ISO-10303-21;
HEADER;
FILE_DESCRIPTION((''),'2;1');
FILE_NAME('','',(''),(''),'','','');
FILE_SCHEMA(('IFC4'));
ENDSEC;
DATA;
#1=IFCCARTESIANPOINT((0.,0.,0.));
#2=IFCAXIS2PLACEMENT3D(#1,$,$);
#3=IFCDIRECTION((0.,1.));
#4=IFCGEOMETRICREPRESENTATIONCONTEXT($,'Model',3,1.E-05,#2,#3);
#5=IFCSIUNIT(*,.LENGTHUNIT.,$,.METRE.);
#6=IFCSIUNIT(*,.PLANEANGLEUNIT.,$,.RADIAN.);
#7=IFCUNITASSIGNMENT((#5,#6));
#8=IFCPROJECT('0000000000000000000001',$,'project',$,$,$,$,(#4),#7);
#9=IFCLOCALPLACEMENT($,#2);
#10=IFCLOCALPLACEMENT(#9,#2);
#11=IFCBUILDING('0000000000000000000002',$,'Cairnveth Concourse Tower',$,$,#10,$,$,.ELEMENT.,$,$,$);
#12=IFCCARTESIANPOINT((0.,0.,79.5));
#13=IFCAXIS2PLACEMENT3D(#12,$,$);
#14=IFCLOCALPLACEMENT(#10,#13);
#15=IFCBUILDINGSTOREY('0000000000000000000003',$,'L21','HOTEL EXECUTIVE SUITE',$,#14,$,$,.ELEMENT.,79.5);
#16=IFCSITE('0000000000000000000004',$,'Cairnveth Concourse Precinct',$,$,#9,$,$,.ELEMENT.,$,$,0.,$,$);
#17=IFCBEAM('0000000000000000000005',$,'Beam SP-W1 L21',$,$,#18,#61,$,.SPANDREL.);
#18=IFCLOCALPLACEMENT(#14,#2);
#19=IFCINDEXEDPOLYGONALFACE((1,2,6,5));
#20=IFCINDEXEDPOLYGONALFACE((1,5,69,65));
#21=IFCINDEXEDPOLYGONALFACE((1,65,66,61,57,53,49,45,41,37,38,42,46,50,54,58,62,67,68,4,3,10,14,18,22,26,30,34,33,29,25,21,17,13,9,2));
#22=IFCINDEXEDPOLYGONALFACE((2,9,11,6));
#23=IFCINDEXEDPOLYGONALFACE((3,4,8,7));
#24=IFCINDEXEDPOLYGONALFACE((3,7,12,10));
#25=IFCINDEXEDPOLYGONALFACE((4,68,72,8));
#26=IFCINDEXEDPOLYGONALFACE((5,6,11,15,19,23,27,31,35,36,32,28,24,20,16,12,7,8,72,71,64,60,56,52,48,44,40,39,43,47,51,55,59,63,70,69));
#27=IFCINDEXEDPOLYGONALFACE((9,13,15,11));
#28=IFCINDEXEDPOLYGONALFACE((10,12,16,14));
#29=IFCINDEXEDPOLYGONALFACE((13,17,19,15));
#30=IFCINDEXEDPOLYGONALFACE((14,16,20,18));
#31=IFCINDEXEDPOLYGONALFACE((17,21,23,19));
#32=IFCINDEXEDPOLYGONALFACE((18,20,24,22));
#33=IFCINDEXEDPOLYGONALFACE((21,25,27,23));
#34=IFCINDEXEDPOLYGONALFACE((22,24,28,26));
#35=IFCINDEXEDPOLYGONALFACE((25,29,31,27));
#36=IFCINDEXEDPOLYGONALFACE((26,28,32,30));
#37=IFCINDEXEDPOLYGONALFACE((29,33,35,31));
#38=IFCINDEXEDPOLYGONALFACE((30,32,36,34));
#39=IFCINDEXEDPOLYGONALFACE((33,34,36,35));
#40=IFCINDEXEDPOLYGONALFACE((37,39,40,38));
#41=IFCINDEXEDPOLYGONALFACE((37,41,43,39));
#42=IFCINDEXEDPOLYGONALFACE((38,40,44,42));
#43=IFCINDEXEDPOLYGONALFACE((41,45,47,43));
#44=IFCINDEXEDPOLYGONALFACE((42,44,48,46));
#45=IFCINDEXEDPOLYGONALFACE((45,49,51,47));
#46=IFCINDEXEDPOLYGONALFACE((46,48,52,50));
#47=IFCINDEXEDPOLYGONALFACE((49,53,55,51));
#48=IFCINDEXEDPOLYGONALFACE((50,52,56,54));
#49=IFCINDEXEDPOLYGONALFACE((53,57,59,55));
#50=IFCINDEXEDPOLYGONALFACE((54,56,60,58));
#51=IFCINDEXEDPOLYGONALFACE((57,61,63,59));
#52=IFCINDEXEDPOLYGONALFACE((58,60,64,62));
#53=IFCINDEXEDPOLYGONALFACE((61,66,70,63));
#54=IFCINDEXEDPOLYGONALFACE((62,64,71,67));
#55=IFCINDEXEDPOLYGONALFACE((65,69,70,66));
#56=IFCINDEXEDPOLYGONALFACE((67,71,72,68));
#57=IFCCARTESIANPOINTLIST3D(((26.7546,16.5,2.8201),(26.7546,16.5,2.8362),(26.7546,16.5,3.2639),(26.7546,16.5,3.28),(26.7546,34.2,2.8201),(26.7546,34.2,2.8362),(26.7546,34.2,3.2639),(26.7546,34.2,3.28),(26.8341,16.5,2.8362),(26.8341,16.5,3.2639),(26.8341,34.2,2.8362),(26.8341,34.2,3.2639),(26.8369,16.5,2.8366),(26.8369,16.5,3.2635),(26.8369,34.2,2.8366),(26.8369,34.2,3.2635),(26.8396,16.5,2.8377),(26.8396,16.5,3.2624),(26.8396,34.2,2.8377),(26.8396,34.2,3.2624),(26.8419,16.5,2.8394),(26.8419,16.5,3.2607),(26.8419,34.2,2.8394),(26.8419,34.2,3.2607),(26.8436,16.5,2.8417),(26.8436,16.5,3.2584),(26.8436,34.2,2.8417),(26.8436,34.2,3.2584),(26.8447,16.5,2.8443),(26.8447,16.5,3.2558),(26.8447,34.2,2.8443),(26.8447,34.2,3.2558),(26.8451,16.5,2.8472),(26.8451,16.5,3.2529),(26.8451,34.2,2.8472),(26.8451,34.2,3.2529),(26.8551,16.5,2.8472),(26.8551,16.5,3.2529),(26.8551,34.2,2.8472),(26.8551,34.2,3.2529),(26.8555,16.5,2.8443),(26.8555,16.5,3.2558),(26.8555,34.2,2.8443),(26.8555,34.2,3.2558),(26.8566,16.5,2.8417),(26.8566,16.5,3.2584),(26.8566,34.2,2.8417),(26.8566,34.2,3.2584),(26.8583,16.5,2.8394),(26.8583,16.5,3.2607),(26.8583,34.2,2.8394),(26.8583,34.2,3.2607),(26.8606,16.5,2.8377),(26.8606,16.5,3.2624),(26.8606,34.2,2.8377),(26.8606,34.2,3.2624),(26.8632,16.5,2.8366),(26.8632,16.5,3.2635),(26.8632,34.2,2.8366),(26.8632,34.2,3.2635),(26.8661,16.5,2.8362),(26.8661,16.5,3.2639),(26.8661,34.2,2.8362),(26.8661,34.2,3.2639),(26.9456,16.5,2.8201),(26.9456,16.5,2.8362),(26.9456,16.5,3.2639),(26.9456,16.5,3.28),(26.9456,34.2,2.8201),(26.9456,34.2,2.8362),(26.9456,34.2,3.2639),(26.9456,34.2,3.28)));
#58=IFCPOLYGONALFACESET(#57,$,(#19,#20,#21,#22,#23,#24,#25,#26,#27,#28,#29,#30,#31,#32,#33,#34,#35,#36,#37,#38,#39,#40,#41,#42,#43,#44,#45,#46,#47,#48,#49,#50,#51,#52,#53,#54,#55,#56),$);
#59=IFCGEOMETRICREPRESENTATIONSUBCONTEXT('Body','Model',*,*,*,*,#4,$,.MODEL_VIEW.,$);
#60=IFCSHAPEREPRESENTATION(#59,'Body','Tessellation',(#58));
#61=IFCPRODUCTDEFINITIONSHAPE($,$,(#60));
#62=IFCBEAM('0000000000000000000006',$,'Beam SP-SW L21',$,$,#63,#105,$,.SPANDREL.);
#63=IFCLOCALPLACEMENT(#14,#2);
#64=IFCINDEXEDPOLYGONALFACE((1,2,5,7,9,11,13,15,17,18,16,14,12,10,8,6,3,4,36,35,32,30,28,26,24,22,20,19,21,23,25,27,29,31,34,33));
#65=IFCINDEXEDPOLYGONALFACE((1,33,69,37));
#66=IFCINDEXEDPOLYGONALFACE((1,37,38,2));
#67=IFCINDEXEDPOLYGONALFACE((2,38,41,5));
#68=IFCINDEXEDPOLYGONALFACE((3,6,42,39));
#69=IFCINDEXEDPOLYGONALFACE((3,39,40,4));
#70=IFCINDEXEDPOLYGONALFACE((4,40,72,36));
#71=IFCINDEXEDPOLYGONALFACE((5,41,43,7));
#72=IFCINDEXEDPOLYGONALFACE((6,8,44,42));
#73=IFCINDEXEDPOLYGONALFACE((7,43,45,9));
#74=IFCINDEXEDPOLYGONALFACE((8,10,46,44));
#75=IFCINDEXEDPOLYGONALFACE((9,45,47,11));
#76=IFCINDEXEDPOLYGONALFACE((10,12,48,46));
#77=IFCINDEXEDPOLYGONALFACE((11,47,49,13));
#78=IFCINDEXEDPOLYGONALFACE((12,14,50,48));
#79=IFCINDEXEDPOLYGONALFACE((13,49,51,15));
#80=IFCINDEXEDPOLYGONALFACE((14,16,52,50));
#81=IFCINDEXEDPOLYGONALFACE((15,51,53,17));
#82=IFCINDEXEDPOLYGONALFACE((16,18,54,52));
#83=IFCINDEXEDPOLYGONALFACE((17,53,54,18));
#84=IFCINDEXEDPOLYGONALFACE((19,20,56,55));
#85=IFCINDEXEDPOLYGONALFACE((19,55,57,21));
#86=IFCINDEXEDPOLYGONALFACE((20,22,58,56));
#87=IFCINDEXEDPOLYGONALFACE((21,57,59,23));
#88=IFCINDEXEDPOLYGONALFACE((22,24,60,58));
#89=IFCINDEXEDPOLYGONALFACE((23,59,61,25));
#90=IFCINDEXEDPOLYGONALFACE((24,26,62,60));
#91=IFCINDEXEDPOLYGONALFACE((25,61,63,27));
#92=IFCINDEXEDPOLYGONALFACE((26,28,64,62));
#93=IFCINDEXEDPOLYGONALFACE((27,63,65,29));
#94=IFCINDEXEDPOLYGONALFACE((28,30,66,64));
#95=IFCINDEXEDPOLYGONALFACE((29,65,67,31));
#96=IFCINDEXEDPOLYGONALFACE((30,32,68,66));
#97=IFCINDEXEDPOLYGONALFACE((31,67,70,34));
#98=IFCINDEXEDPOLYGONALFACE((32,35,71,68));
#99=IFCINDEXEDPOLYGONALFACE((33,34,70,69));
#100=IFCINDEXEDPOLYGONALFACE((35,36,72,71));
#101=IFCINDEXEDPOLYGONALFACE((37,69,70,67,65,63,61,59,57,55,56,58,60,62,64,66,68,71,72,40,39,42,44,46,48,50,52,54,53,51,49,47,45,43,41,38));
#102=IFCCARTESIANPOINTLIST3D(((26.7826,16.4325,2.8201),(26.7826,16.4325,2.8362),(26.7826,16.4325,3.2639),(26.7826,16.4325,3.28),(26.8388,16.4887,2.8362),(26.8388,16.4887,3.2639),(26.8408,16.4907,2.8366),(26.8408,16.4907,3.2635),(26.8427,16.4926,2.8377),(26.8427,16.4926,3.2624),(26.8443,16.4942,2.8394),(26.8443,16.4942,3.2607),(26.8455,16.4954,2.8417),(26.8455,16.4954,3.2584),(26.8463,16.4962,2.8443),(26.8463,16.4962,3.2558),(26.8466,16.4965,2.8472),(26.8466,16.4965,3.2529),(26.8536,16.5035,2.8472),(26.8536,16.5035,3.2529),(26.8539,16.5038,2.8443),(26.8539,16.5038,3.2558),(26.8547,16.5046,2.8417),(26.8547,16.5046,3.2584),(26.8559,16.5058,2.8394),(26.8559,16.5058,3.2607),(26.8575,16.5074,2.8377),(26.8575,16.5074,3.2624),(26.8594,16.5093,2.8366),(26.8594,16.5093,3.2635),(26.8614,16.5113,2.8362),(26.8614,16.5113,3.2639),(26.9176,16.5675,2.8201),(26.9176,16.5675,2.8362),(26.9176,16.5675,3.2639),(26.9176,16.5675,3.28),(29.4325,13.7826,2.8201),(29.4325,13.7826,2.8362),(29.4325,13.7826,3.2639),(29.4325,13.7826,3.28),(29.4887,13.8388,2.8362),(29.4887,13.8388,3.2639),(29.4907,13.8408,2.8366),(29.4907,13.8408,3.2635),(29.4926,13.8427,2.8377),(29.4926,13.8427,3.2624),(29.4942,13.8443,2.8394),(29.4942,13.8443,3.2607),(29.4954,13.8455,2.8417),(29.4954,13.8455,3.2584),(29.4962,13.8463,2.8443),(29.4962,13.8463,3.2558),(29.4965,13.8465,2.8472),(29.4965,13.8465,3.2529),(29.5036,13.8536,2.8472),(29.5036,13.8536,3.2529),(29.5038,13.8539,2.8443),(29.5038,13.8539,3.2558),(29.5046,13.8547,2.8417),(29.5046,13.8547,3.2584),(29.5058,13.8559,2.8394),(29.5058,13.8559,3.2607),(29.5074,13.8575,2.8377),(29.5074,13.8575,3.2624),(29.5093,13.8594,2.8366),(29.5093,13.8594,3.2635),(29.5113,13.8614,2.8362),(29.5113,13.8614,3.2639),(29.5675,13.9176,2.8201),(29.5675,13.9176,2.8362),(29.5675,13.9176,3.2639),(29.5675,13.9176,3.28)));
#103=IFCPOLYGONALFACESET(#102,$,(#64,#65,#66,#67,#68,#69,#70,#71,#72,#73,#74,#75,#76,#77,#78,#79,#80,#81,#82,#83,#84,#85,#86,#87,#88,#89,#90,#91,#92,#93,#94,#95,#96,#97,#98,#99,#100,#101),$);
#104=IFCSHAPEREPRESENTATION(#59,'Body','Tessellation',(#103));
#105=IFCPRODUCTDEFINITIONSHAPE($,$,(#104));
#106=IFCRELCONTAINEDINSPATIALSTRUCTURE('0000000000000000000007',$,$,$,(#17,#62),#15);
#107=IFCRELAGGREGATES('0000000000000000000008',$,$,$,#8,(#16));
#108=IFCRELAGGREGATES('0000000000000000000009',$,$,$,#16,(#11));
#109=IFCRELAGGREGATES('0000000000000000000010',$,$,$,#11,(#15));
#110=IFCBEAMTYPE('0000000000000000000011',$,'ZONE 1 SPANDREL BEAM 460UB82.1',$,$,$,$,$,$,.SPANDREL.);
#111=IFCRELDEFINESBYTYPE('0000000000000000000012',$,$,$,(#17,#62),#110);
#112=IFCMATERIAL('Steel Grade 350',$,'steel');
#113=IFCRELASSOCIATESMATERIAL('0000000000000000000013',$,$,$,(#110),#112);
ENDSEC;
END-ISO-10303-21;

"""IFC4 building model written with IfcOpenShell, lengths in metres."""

from ifc_helpers import new_model, si_unit, direction, frame, origin, origin_2d, place, context, subcontext, project, spatial, i_section, extrude, material, material_profile, profile_set, type_object, element, save


model = new_model("IFC4")

# Units and contexts
model_context = context("Model", 3, precision=1e-05, world=origin(), true_north=direction((0.0, 1.0)))
body_context = subcontext(model_context, "Body", "Model", "MODEL_VIEW")
ifc_project = project(units=[si_unit("LENGTHUNIT", "METRE"), si_unit("PLANEANGLEUNIT", "RADIAN")], contexts=[model_context])

# Site, building, storey
site_placement = place(None, origin())
site = spatial("IfcSite", under=ifc_project, at=site_placement, Name="Cairnveth Concourse Precinct", CompositionType="ELEMENT", RefElevation=0.0)
building_placement = place(site_placement, origin())
building = spatial("IfcBuilding", under=site, at=building_placement, Name="Cairnveth Concourse Tower", CompositionType="ELEMENT")
storey_placement = place(building_placement, frame((0.0, 0.0, 79.5)))
storey = spatial("IfcBuildingStorey", under=building, at=storey_placement, Name="L21", Description="HOTEL EXECUTIVE SUITE", CompositionType="ELEMENT", Elevation=79.5)

# Beams
ifc_material_1 = material(Name="Steel Grade 350", Category="steel")
ifc_material_profile_1 = material_profile(ifc_material_1, i_section(OverallWidth=0.1909, OverallDepth=0.46, WebThickness=0.01, FlangeThickness=0.0161, FilletRadius=0.011, at=origin_2d()), Name="460UB82.1")
ifc_profile_set_1 = profile_set([ifc_material_profile_1], Name="Steel Grade 350")
beam_type_1 = type_object("IfcBeamType", Name="ZONE 1 SPANDREL BEAM 460UB82.1", PredefinedType="SPANDREL", material=ifc_profile_set_1)
for number, where, z_axis, x_axis, name in (
    (1, (26.8501, 16.5, 3.05), (0.0, 1.0, 0.0), (-1.0, 0.0, 0.0), "Beam SP-W1 L21"),
):
    element("IfcBeam", number, at=place(storey_placement, frame(where, z_axis=z_axis, x_axis=x_axis)), inside=storey, type_object=beam_type_1, Name=name, PredefinedType="SPANDREL", context=body_context, shape_type="SweptSolid", body=[
        extrude(i_section(OverallWidth=0.1909, OverallDepth=0.46, WebThickness=0.01, FlangeThickness=0.0161, FilletRadius=0.011, at=origin_2d()), origin(), (0.0, 0.0, 1.0), 17.7),
    ])
beam_1_placement = place(storey_placement, frame((26.8501, 16.5, 3.05), z_axis=(0.707107, -0.707107, 0.0), x_axis=(0.707107, 0.707107, 0.0)))
element("IfcBeam", 2, at=beam_1_placement, inside=storey, type_object=beam_type_1, Name="Beam SP-SW L21", PredefinedType="SPANDREL", context=body_context, shape_type="SweptSolid", body=[
    extrude(i_section(OverallWidth=0.1909, OverallDepth=0.46, WebThickness=0.01, FlangeThickness=0.0161, FilletRadius=0.011, at=origin_2d()), origin(), (0.0, 0.0, 1.0), 3.7476),
])

save(model, "model.ifc")
